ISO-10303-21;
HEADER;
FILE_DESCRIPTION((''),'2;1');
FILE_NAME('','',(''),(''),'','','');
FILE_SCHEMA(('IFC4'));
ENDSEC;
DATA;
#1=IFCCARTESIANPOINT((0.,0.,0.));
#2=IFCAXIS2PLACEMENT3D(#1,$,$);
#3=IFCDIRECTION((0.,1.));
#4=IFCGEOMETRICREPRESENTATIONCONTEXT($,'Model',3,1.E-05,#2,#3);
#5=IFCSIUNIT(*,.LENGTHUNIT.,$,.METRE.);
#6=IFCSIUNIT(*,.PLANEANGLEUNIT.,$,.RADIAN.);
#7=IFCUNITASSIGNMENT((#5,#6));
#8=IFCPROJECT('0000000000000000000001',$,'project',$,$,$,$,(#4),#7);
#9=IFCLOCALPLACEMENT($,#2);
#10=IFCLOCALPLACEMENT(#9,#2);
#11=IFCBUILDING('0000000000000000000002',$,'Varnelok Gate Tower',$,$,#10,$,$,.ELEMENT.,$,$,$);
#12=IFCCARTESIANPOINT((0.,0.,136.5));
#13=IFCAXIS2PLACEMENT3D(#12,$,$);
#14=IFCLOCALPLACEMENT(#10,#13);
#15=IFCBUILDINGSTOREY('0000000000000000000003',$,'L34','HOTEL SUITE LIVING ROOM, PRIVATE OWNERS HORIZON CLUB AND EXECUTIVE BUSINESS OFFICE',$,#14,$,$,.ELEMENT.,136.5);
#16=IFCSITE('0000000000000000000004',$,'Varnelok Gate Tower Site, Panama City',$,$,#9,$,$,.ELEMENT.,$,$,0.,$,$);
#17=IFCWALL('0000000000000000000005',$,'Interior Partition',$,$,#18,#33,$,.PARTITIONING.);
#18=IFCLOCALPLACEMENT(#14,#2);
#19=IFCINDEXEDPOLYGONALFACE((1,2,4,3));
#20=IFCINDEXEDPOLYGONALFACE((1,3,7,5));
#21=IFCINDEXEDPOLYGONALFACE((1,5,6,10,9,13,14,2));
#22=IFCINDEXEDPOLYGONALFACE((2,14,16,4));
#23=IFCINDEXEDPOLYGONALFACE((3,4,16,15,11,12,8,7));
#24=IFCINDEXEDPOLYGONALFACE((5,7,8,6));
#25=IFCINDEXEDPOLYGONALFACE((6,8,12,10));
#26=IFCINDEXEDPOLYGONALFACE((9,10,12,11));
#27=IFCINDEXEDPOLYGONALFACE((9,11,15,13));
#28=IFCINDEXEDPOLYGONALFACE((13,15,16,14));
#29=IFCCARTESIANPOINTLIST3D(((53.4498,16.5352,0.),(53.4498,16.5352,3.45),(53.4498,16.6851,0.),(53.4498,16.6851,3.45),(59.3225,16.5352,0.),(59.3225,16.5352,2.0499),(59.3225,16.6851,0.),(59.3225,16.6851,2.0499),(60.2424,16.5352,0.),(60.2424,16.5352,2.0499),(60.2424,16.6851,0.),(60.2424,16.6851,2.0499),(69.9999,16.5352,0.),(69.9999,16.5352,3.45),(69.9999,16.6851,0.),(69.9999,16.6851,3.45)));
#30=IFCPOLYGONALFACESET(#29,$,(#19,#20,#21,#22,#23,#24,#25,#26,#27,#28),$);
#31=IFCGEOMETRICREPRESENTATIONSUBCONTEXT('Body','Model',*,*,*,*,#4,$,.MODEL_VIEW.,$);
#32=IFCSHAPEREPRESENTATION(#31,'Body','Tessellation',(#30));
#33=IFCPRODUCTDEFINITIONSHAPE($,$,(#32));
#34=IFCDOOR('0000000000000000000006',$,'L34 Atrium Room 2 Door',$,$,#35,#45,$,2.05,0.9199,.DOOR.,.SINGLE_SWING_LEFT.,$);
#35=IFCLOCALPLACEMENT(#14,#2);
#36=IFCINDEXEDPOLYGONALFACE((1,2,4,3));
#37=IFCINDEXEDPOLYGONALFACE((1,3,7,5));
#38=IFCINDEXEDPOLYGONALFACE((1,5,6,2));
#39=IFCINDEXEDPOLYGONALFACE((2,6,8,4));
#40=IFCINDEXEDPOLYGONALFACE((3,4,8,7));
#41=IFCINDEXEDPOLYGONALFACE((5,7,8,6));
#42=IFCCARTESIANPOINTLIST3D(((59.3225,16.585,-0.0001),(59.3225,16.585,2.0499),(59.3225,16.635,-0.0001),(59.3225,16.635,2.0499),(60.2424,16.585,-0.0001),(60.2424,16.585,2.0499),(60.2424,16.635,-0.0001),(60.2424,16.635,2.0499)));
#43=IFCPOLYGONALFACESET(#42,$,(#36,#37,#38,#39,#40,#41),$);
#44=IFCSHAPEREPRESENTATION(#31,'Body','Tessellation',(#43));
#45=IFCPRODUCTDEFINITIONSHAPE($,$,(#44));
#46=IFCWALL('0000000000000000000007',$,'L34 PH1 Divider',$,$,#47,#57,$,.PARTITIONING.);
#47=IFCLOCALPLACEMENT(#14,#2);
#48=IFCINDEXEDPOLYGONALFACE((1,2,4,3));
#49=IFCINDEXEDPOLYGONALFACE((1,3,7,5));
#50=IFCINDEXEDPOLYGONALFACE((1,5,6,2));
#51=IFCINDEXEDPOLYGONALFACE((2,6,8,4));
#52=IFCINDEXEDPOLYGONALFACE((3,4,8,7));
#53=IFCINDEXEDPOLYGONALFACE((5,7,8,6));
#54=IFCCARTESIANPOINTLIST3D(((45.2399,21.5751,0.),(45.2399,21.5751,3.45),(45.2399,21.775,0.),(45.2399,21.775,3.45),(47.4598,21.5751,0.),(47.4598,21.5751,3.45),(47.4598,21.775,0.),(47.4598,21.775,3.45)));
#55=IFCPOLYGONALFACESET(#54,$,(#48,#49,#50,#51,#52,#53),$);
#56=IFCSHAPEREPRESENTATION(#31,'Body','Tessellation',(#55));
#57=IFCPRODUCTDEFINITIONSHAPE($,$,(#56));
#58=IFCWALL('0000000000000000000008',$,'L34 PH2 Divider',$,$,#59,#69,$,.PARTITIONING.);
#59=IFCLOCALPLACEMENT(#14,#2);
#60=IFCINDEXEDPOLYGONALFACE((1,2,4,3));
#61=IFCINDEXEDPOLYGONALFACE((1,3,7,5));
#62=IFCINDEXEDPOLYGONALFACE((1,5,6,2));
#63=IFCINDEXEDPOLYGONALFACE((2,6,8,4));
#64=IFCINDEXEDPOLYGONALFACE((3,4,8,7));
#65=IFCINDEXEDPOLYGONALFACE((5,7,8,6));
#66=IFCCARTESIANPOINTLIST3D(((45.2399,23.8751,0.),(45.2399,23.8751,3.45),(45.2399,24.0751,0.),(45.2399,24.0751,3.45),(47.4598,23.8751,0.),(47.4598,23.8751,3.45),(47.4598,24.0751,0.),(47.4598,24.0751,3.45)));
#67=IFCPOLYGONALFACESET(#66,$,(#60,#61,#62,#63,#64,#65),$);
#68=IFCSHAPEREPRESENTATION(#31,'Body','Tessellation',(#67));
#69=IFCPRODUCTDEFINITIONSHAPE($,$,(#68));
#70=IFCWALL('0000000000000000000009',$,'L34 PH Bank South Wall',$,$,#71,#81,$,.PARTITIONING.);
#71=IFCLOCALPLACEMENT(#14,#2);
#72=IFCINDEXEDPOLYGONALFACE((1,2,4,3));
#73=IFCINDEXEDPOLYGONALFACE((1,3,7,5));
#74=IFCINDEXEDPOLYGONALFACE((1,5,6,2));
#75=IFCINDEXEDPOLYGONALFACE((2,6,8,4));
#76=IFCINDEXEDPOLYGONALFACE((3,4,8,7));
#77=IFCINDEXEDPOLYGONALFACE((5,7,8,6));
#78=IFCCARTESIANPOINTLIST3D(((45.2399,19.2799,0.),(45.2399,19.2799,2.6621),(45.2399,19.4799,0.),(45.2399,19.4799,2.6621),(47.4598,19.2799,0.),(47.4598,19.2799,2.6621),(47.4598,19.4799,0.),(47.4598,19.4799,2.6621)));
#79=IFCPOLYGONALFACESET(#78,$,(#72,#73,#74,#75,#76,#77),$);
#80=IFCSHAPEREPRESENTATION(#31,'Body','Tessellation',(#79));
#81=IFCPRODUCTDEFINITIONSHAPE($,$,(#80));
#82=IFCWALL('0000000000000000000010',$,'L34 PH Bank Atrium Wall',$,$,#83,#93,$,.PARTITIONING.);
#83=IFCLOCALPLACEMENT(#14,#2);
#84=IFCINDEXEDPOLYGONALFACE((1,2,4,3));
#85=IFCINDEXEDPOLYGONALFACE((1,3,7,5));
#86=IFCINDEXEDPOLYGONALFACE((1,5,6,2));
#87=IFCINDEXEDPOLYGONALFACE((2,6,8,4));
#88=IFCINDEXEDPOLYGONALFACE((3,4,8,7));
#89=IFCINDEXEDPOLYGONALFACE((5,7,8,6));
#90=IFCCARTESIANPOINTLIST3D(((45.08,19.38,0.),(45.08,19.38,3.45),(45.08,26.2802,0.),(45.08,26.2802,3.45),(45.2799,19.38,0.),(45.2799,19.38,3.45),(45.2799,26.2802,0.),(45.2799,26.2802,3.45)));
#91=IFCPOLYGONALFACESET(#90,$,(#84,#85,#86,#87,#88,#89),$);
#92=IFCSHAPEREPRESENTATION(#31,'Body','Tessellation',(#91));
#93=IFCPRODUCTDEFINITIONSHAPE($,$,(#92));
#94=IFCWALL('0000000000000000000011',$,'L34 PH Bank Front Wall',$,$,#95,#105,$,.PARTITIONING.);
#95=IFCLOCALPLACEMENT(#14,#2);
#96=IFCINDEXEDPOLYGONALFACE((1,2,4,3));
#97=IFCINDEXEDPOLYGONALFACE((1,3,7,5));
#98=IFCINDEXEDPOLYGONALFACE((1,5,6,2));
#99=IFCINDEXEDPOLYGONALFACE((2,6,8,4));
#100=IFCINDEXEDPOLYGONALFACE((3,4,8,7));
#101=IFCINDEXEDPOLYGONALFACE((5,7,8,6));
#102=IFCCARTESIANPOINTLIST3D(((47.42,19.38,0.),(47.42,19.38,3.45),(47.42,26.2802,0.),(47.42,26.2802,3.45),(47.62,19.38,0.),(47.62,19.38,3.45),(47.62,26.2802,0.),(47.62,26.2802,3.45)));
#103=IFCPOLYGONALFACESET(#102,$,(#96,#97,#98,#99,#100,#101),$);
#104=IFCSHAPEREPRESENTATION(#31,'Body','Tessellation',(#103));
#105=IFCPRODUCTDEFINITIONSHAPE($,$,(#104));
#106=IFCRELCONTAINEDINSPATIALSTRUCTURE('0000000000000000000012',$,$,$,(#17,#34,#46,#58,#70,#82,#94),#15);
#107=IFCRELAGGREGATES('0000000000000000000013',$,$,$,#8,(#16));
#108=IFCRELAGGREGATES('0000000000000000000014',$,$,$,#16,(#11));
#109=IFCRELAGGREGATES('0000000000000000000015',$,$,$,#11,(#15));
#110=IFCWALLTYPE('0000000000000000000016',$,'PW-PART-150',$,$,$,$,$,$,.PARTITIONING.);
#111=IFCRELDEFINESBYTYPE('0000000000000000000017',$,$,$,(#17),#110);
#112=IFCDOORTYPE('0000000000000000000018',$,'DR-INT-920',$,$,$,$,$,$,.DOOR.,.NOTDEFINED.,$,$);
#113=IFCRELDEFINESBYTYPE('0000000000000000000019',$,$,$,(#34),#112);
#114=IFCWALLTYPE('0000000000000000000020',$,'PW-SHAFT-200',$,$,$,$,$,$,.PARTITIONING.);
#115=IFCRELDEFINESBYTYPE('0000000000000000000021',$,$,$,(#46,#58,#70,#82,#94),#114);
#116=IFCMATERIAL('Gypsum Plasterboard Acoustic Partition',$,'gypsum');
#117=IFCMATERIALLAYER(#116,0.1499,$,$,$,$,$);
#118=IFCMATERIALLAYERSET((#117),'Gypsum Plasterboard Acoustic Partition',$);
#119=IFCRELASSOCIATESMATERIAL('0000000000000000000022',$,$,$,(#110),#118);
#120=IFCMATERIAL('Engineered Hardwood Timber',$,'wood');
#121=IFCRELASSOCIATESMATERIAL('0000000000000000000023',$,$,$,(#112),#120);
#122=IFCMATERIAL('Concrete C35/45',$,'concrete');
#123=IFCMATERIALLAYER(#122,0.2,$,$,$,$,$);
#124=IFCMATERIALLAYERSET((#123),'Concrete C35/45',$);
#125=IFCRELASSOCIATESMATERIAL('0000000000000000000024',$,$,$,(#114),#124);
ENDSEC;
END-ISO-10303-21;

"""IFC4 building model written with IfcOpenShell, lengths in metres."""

from ifc_helpers import new_model, si_unit, direction, frame, frame_2d, origin, place, context, subcontext, project, spatial, rectangle, extrude, material, layer, layer_set, type_object, element, fill, save


model = new_model("IFC4")

# Units and contexts
model_context = context("Model", 3, precision=1e-05, world=origin(), true_north=direction((0.0, 1.0)))
body_context = subcontext(model_context, "Body", "Model", "MODEL_VIEW")
ifc_project = project(units=[si_unit("LENGTHUNIT", "METRE"), si_unit("PLANEANGLEUNIT", "RADIAN")], contexts=[model_context])

# Site, building, storey
site_placement = place(None, origin())
site = spatial("IfcSite", under=ifc_project, at=site_placement, Name="Varnelok Gate Tower Site, Panama City", CompositionType="ELEMENT", RefElevation=0.0)
building_placement = place(site_placement, origin())
building = spatial("IfcBuilding", under=site, at=building_placement, Name="Varnelok Gate Tower", CompositionType="ELEMENT")
storey_placement = place(building_placement, frame((0.0, 0.0, 136.5)))
storey = spatial("IfcBuildingStorey", under=building, at=storey_placement, Name="L34", Description="HOTEL SUITE LIVING ROOM, PRIVATE OWNERS HORIZON CLUB AND EXECUTIVE BUSINESS OFFICE", CompositionType="ELEMENT", Elevation=136.5)

# Shared definitions
ifc_material_1 = material(Name="Gypsum Plasterboard Acoustic Partition", Category="gypsum")
ifc_material_2 = material(Name="Engineered Hardwood Timber", Category="wood")

# Wall, opening, door
ifc_layer_1 = layer(ifc_material_1, 0.1499)
ifc_layer_set_1 = layer_set([ifc_layer_1], Name="Gypsum Plasterboard Acoustic Partition")
wall_type_1 = type_object("IfcWallType", Name="PW-PART-150", PredefinedType="PARTITIONING", material=ifc_layer_set_1)
wall_1_placement = place(storey_placement, frame((53.45, 16.6101, 0.0), z_axis=(0.0, 0.0, 1.0), x_axis=(1.0, 0.0, 0.0)))
wall_1 = element("IfcWall", 1, at=wall_1_placement, inside=storey, type_object=wall_type_1, Name="Interior Partition", PredefinedType="PARTITIONING", context=body_context, shape_type="SweptSolid", body=[
    extrude(rectangle(XDim=16.55, YDim=0.1499, at=frame_2d((8.2749, 0.0))), origin(), (0.0, 0.0, 1.0), 3.45),
])
opening_1_placement = place(wall_1_placement, frame((5.8726, 0.0, 0.0)))
opening_1 = element("IfcOpeningElement", 2, at=opening_1_placement, cuts=wall_1, PredefinedType="OPENING", context=body_context, shape_type="SweptSolid", body=[
    extrude(rectangle(XDim=0.9199, YDim=2.05, at=frame_2d((0.46, 1.0249))), frame((0.0, 0.085, 0.0), z_axis=(0.0, -1.0, 0.0), x_axis=(1.0, 0.0, 0.0)), (0.0, 0.0, 1.0), 0.1699),
])
door_type_1 = type_object("IfcDoorType", Name="DR-INT-920", OperationType="NOTDEFINED", PredefinedType="DOOR", material=ifc_material_2)
door_1_placement = place(opening_1_placement, origin())
door_1 = element("IfcDoor", 3, at=door_1_placement, inside=storey, type_object=door_type_1, Name="L34 Atrium Room 2 Door", OperationType="SINGLE_SWING_LEFT", OverallHeight=2.05, OverallWidth=0.9199, PredefinedType="DOOR", context=body_context, shape_type="SweptSolid", body=[
    extrude(rectangle(XDim=0.9199, YDim=2.05, at=frame_2d((0.46, 1.0249))), frame((0.0, 0.0249, 0.0), z_axis=(0.0, -1.0, 0.0), x_axis=(1.0, 0.0, 0.0)), (0.0, 0.0, 1.0), 0.05),
])
fill(opening_1, door_1)

# Walls
ifc_material_3 = material(Name="Concrete C35/45", Category="concrete")
ifc_layer_2 = layer(ifc_material_3, 0.2)
ifc_layer_set_2 = layer_set([ifc_layer_2], Name="Concrete C35/45")
wall_type_2 = type_object("IfcWallType", Name="PW-SHAFT-200", PredefinedType="PARTITIONING", material=ifc_layer_set_2)
for number, where, z_axis, x_axis, name in (
    (4, (45.24, 21.675, 0.0), (0.0, 0.0, 1.0), (1.0, 0.0, 0.0), "L34 PH1 Divider"),
    (5, (45.24, 23.9751, 0.0), (0.0, 0.0, 1.0), (1.0, 0.0, 0.0), "L34 PH2 Divider"),
):
    element("IfcWall", number, at=place(storey_placement, frame(where, z_axis=z_axis, x_axis=x_axis)), inside=storey, type_object=wall_type_2, Name=name, PredefinedType="PARTITIONING", context=body_context, shape_type="SweptSolid", body=[
        extrude(rectangle(XDim=2.22, YDim=0.2, at=frame_2d((1.1099, 0.0))), origin(), (0.0, 0.0, 1.0), 3.45),
    ])
wall_2_placement = place(storey_placement, frame((45.24, 19.3799, 0.0), z_axis=(0.0, 0.0, 1.0), x_axis=(1.0, 0.0, 0.0)))
element("IfcWall", 6, at=wall_2_placement, inside=storey, type_object=wall_type_2, Name="L34 PH Bank South Wall", PredefinedType="PARTITIONING", context=body_context, shape_type="SweptSolid", body=[
    extrude(rectangle(XDim=2.22, YDim=0.2, at=frame_2d((1.1099, 0.0))), origin(), (0.0, 0.0, 1.0), 2.6621),
])
for number, where, z_axis, x_axis, name in (
    (7, (45.1799, 19.3799, 0.0), (0.0, 0.0, 1.0), (0.0, 1.0, 0.0), "L34 PH Bank Atrium Wall"),
    (8, (47.52, 19.3799, 0.0), (0.0, 0.0, 1.0), (0.0, 1.0, 0.0), "L34 PH Bank Front Wall"),
):
    element("IfcWall", number, at=place(storey_placement, frame(where, z_axis=z_axis, x_axis=x_axis)), inside=storey, type_object=wall_type_2, Name=name, PredefinedType="PARTITIONING", context=body_context, shape_type="SweptSolid", body=[
        extrude(rectangle(XDim=6.9001, YDim=0.2, at=frame_2d((3.4502, 0.0))), origin(), (0.0, 0.0, 1.0), 3.45),
    ])

save(model, "model.ifc")
